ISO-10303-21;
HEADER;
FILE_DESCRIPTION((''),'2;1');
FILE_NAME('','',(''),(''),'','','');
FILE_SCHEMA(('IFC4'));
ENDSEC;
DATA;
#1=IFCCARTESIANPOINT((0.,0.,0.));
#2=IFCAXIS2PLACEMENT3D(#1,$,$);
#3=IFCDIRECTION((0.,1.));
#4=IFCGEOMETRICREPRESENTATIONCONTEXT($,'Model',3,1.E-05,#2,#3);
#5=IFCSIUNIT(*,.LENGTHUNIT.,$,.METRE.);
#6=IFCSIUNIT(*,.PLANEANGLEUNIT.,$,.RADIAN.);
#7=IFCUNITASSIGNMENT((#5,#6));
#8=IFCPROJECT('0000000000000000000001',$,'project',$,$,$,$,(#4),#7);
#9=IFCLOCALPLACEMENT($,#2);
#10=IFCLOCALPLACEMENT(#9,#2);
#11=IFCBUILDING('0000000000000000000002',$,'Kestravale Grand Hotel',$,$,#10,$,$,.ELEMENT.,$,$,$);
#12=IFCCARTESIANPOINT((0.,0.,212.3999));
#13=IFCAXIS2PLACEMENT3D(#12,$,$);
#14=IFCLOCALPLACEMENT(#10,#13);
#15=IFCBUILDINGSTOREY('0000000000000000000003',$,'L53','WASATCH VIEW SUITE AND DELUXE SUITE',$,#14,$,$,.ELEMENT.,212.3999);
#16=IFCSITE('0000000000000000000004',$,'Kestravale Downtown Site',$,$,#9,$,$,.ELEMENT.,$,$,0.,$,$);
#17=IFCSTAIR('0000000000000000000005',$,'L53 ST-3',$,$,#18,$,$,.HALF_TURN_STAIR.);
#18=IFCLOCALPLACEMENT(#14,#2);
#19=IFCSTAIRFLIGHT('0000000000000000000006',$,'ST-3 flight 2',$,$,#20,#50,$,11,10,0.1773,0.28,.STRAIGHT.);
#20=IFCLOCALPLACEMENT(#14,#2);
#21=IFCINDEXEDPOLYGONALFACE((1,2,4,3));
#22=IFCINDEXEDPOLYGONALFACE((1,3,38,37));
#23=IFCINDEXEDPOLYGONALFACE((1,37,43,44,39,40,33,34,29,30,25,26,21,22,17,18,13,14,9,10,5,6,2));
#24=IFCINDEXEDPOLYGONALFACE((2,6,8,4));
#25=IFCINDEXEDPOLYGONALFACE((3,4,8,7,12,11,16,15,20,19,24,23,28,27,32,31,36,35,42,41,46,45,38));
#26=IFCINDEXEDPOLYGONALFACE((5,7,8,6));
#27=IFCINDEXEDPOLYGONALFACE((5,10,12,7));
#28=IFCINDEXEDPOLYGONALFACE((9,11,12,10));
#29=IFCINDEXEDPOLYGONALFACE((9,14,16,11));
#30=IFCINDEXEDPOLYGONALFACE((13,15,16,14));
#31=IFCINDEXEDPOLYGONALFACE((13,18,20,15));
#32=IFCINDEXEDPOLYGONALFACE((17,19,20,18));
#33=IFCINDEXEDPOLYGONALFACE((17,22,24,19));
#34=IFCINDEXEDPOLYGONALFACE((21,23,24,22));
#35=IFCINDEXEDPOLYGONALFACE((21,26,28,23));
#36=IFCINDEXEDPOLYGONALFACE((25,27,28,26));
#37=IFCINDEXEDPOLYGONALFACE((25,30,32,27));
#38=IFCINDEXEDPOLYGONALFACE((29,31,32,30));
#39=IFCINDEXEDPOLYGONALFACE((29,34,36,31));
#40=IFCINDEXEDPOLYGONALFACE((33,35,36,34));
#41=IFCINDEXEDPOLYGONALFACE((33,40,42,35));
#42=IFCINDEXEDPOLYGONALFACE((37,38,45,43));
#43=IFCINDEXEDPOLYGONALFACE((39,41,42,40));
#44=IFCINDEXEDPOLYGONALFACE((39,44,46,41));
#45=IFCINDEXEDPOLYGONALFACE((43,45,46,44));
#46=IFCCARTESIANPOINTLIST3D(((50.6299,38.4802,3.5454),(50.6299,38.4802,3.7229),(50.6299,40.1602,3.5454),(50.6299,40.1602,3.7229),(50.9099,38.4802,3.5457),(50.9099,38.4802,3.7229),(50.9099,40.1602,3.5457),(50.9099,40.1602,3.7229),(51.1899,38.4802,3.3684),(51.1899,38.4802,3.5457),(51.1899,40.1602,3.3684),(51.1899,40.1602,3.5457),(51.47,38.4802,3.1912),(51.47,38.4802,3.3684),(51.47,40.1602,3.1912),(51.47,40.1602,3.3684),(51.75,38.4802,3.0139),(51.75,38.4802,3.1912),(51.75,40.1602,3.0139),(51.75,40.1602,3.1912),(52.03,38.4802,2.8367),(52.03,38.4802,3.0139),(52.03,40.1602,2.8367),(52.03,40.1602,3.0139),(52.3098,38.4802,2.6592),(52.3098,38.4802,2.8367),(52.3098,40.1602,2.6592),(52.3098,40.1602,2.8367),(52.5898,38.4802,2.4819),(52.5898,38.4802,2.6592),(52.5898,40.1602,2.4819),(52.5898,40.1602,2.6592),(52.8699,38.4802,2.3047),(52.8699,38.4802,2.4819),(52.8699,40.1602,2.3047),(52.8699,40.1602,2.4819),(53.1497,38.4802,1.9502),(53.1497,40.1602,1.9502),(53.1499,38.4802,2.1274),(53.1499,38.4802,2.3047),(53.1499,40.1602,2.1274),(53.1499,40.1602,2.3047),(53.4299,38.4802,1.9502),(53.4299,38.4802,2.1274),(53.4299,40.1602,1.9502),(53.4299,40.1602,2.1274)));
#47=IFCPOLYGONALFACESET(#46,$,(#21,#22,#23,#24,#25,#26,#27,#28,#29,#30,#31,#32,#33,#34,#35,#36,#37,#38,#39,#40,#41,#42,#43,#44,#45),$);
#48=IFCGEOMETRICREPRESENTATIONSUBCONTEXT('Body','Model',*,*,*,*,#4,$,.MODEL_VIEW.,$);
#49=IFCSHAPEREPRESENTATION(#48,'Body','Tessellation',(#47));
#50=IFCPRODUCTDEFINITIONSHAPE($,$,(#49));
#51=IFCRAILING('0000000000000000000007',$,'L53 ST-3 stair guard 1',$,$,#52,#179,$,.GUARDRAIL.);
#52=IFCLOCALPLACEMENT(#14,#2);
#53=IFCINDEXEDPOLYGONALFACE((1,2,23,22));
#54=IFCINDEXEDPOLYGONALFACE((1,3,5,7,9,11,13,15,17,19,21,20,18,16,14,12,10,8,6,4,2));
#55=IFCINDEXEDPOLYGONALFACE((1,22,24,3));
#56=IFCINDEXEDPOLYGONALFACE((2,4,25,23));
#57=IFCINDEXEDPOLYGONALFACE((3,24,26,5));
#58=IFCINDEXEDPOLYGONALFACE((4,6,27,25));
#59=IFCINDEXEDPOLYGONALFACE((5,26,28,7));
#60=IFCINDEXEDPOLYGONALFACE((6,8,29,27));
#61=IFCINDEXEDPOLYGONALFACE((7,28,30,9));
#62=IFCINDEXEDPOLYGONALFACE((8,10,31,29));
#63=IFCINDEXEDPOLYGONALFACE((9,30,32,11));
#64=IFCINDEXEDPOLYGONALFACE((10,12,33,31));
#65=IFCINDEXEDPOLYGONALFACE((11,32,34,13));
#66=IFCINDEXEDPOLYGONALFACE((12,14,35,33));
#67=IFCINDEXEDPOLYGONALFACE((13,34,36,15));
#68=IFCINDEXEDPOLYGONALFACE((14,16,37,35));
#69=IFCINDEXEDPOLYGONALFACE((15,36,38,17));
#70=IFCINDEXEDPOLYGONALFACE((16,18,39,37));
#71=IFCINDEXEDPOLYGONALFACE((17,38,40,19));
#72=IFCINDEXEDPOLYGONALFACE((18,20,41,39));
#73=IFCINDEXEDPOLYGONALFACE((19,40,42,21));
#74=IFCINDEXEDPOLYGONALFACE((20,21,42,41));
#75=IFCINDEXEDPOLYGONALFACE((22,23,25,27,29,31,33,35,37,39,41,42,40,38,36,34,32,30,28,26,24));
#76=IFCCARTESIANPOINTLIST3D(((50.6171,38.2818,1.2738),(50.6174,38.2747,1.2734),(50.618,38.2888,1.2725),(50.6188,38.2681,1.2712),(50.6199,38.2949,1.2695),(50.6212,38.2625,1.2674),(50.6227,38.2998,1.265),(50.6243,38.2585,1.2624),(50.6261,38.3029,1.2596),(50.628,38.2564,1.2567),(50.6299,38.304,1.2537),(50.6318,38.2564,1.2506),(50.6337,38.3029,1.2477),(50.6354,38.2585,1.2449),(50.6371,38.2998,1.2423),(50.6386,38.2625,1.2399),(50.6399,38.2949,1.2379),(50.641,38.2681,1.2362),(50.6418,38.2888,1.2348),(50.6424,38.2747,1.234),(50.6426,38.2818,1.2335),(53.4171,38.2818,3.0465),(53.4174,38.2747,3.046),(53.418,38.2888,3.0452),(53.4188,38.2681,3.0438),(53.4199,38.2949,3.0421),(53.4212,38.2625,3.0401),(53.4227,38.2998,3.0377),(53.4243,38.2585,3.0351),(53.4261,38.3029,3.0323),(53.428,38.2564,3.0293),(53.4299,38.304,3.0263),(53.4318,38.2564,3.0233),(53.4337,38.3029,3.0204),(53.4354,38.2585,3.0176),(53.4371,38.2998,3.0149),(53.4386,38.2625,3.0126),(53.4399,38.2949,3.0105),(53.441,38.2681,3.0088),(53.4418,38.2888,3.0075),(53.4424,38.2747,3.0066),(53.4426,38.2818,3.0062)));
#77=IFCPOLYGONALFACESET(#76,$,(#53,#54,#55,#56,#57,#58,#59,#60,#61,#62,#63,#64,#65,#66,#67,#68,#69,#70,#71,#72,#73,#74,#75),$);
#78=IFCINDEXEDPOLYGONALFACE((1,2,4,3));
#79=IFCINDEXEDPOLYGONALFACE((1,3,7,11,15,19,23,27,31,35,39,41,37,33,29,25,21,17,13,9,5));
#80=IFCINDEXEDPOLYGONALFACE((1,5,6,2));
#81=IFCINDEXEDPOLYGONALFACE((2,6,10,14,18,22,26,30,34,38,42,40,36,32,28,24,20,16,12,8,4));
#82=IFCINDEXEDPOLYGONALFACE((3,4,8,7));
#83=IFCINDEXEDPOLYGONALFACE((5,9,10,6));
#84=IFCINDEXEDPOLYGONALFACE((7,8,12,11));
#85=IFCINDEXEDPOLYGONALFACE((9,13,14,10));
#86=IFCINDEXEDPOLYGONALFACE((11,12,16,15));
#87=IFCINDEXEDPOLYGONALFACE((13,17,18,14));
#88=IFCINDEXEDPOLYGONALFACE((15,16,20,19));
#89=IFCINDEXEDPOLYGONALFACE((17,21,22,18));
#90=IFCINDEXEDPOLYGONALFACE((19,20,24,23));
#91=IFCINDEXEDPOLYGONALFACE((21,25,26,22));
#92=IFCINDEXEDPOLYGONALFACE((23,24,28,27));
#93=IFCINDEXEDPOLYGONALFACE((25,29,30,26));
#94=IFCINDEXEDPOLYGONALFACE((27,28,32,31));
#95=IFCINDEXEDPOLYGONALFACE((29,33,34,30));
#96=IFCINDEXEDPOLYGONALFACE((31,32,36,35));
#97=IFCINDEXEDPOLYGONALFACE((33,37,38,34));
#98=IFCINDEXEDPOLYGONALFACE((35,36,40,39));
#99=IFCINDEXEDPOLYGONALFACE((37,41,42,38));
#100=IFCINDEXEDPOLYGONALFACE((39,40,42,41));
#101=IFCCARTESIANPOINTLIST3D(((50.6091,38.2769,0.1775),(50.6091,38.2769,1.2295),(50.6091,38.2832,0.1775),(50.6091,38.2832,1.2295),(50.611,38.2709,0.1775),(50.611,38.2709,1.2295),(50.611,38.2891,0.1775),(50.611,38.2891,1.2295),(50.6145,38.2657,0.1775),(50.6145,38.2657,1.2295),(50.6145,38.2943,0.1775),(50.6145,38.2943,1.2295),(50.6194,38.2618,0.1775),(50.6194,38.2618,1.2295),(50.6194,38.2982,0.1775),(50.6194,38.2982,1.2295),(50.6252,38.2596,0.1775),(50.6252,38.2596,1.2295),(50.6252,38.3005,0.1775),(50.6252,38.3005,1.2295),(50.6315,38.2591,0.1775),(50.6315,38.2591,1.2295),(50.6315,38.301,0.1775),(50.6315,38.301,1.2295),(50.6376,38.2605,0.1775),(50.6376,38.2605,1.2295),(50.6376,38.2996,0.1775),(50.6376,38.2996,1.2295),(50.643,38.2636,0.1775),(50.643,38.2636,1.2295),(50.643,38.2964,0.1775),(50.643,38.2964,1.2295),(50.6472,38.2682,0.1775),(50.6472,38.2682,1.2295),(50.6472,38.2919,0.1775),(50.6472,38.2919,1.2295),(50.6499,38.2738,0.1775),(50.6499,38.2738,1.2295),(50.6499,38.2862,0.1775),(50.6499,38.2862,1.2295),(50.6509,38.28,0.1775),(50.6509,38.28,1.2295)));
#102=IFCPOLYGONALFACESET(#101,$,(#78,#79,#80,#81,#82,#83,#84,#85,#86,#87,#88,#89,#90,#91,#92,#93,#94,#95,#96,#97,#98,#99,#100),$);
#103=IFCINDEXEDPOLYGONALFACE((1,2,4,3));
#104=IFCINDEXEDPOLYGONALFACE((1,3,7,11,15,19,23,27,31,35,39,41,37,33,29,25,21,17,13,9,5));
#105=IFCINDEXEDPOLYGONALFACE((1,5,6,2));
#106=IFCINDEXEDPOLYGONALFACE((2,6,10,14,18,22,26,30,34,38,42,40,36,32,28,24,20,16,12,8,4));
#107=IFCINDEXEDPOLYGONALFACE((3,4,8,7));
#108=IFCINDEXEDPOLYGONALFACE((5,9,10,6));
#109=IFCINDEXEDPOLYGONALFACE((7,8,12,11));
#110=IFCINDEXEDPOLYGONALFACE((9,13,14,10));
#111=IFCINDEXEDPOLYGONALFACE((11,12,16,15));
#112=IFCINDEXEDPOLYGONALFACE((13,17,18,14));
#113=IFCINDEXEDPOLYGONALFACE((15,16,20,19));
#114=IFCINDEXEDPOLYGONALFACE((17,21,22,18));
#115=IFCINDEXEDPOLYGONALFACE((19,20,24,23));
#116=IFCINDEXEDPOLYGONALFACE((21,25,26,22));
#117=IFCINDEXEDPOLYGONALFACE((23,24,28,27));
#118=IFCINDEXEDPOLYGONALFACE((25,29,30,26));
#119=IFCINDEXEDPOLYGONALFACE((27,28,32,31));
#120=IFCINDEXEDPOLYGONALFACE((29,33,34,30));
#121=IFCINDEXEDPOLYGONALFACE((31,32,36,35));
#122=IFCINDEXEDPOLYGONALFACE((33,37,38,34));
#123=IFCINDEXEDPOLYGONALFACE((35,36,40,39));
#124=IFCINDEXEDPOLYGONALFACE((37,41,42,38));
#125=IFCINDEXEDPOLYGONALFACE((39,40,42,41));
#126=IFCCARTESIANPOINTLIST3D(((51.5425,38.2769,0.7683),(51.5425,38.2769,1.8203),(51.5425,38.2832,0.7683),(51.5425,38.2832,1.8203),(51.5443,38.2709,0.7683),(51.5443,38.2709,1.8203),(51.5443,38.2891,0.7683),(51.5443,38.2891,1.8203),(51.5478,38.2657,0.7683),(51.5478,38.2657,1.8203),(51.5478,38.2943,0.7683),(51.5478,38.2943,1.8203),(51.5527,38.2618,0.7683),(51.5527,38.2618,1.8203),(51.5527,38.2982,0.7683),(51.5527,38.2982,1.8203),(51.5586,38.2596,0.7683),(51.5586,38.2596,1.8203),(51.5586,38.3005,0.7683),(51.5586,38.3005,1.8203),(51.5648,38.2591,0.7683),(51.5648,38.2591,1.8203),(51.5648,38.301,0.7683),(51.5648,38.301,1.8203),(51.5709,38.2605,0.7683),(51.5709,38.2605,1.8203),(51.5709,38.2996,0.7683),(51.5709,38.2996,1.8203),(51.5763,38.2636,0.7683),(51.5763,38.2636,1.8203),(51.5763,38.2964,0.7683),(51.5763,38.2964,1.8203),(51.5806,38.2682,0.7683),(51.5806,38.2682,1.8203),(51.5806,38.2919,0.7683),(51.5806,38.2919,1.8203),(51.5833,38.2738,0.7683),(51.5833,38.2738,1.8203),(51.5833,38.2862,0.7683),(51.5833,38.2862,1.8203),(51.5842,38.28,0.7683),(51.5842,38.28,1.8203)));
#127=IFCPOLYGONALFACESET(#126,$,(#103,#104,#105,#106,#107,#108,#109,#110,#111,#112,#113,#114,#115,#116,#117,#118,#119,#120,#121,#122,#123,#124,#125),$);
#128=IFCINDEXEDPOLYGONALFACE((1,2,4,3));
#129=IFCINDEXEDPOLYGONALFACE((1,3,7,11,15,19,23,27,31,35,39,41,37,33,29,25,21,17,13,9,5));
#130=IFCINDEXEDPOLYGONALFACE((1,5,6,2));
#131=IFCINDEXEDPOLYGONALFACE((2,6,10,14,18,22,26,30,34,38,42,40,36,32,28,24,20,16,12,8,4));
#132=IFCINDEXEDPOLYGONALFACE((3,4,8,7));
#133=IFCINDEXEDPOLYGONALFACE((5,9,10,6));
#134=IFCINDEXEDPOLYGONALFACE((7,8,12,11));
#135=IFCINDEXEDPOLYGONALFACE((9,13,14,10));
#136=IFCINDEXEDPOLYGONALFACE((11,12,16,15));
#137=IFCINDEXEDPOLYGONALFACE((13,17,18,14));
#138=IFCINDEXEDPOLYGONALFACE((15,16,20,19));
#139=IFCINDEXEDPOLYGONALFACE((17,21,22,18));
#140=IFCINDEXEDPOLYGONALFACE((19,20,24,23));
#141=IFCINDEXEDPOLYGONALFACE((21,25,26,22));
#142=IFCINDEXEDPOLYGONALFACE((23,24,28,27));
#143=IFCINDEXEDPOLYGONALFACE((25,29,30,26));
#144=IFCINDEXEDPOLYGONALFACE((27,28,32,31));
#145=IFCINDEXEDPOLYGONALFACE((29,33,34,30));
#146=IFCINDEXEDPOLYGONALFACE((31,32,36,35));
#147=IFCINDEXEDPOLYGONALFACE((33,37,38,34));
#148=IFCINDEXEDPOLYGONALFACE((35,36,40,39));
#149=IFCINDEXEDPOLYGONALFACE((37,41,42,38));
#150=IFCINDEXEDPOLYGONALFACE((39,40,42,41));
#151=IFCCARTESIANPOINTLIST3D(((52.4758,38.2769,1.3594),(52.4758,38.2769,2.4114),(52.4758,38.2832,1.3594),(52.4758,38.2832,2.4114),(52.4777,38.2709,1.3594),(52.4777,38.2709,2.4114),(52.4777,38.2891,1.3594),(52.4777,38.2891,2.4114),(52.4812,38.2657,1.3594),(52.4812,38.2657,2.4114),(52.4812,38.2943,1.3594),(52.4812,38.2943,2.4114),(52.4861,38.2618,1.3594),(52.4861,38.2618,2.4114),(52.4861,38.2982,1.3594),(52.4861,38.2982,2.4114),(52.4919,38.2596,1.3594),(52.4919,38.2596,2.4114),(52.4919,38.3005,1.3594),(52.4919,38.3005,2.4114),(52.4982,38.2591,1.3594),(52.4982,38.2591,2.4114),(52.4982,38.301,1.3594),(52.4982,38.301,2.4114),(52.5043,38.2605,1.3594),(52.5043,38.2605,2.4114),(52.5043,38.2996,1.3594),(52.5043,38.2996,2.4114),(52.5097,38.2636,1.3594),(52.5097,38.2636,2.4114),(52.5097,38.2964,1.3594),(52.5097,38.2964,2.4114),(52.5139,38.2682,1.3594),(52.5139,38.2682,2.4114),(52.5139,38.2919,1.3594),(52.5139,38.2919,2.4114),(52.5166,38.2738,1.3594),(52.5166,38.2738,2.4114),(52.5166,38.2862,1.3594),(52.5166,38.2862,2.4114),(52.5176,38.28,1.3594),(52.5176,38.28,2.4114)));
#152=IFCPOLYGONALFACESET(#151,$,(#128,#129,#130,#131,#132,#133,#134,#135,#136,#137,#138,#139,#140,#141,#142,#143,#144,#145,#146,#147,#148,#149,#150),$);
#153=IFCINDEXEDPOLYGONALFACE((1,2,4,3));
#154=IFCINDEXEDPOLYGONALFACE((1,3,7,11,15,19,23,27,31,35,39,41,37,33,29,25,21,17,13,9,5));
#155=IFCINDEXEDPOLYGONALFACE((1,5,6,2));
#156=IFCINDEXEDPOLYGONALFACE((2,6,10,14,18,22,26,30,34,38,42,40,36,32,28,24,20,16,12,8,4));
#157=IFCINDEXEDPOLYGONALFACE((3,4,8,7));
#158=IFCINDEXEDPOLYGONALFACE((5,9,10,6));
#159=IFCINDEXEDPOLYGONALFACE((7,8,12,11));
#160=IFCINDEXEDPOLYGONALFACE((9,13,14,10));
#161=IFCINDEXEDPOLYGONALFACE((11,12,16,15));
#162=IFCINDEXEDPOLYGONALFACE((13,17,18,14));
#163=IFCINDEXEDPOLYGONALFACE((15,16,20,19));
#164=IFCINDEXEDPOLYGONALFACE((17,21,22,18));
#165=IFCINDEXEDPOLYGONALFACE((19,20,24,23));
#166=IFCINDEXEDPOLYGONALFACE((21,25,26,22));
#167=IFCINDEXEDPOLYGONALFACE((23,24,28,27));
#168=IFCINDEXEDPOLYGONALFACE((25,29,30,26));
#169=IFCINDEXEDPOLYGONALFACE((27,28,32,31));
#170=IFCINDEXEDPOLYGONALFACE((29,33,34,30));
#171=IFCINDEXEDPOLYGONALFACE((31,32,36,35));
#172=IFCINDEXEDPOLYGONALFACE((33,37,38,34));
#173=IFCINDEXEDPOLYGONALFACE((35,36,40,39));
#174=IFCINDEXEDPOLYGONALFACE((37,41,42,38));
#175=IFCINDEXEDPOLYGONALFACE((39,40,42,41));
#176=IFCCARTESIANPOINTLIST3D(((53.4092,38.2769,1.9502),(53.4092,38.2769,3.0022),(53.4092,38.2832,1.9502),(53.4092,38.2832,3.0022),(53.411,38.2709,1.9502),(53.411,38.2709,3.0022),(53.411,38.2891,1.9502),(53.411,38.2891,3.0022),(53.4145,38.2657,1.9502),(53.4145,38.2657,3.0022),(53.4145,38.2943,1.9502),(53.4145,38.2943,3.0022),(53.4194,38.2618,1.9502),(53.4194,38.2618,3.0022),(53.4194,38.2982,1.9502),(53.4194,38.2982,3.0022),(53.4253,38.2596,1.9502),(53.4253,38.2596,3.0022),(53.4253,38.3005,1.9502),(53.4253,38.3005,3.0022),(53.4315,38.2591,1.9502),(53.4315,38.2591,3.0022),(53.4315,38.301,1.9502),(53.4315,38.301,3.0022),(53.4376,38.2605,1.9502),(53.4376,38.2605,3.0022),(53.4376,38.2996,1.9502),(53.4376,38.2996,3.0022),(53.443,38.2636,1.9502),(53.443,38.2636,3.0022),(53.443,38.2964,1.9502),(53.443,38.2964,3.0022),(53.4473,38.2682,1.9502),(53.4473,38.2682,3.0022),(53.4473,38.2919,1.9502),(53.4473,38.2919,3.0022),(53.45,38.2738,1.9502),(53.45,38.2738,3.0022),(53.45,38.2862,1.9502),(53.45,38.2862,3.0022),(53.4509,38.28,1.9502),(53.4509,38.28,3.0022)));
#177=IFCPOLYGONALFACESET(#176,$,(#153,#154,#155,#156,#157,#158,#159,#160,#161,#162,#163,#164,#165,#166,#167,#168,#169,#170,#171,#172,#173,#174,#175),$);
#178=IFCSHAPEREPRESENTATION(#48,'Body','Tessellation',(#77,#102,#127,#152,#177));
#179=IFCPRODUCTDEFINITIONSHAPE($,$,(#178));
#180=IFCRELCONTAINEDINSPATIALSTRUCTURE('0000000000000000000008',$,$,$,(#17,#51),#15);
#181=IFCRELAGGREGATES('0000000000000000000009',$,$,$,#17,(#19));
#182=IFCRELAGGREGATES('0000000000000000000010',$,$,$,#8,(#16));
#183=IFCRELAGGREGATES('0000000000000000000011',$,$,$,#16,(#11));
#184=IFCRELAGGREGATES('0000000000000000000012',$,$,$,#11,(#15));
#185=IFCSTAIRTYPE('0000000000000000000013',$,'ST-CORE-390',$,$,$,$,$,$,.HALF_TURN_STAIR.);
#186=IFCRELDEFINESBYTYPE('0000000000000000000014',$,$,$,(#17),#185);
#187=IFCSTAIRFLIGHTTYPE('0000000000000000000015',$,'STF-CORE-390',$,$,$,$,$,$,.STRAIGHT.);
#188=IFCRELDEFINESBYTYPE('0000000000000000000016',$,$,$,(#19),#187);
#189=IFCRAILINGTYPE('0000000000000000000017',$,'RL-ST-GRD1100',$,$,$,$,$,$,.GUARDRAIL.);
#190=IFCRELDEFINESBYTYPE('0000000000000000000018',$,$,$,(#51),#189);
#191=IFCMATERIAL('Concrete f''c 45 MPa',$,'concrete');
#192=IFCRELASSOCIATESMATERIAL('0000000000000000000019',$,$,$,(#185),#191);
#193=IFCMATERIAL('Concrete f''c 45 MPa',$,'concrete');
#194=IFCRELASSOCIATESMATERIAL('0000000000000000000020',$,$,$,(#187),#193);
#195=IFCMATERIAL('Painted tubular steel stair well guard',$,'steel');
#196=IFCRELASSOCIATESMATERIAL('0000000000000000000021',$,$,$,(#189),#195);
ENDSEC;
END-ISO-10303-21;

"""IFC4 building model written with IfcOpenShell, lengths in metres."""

from ifc_helpers import new_model, si_unit, direction, frame, origin, origin_2d, place, context, subcontext, project, spatial, polyline, circle, outline, extrude, material, type_object, element, aggregate, save


model = new_model("IFC4")

# Units and contexts
model_context = context("Model", 3, precision=1e-05, world=origin(), true_north=direction((0.0, 1.0)))
body_context = subcontext(model_context, "Body", "Model", "MODEL_VIEW")
ifc_project = project(units=[si_unit("LENGTHUNIT", "METRE"), si_unit("PLANEANGLEUNIT", "RADIAN")], contexts=[model_context])

# Site, building, storey
site_placement = place(None, origin())
site = spatial("IfcSite", under=ifc_project, at=site_placement, Name="Kestravale Downtown Site", CompositionType="ELEMENT", RefElevation=0.0)
building_placement = place(site_placement, origin())
building = spatial("IfcBuilding", under=site, at=building_placement, Name="Kestravale Grand Hotel", CompositionType="ELEMENT")
storey_placement = place(building_placement, frame((0.0, 0.0, 212.3999)))
storey = spatial("IfcBuildingStorey", under=building, at=storey_placement, Name="L53", Description="WASATCH VIEW SUITE AND DELUXE SUITE", CompositionType="ELEMENT", Elevation=212.3999)

# Stair, stair flight
ifc_material_1 = material(Name="Concrete f'c 45 MPa", Category="concrete")
stair_type = type_object("IfcStairType", Name="ST-CORE-390", PredefinedType="HALF_TURN_STAIR", material=ifc_material_1)
stair_placement = place(storey_placement, origin())
stair = element("IfcStair", 1, at=stair_placement, inside=storey, type_object=stair_type, Name="L53 ST-3", PredefinedType="HALF_TURN_STAIR")
ifc_material_2 = material(Name="Concrete f'c 45 MPa", Category="concrete")
stair_flight_type = type_object("IfcStairFlightType", Name="STF-CORE-390", PredefinedType="STRAIGHT", material=ifc_material_2)
stair_flight_1_placement = place(storey_placement, frame((53.4299, 39.3201, 1.9502), z_axis=(0.0, 0.0, 1.0), x_axis=(-1.0, 0.0, 0.0)))
stair_flight_1 = element("IfcStairFlight", 2, at=stair_flight_1_placement, type_object=stair_flight_type, Name="ST-3 flight 2", NumberOfRisers=11, NumberOfTreads=10, PredefinedType="STRAIGHT", RiserHeight=0.1773, TreadLength=0.28, context=body_context, shape_type="SweptSolid", body=[
    extrude(outline(polyline([(0.0, 0.0), (0.0, 0.1772), (0.28, 0.1772), (0.28, 0.3545), (0.5601, 0.3545), (0.5601, 0.5317), (0.8401, 0.5317), (0.8401, 0.709), (1.1201, 0.709), (1.1201, 0.8865), (1.3999, 0.8865), (1.3999, 1.0637), (1.6799, 1.0637), (1.6799, 1.241), (1.96, 1.241), (1.96, 1.4182), (2.24, 1.4182), (2.24, 1.5955), (2.52, 1.5955), (2.52, 1.7727), (2.8, 1.7727), (2.8, 1.95), (2.8, 1.5952), (0.2803, 0.0), (0.0, 0.0)])), frame((0.0, 0.8398, 0.0), z_axis=(0.0, -1.0, 0.0), x_axis=(1.0, 0.0, 0.0)), (0.0, 0.0, 1.0), 1.6799),
])
aggregate(stair, [stair_flight_1])

# Railing
ifc_material_3 = material(Name="Painted tubular steel stair well guard", Category="steel")
railing_type_1 = type_object("IfcRailingType", Name="RL-ST-GRD1100", PredefinedType="GUARDRAIL", material=ifc_material_3)
railing_1_placement = place(storey_placement, frame((50.6299, 38.28, 0.1775)))
element("IfcRailing", 3, at=railing_1_placement, inside=storey, type_object=railing_type_1, Name="L53 ST-3 stair guard 1", PredefinedType="GUARDRAIL", context=body_context, shape_type="SweptSolid", body=[
    extrude(circle(Radius=0.0239, at=origin_2d()), frame((0.0, 0.0, 1.0762), z_axis=(0.844909, 0.0, 0.53491), x_axis=(0.0, 1.0, 0.0)), (0.0, 0.0, 1.0), 3.314),
    extrude(circle(Radius=0.021, at=origin_2d()), origin(), (0.0, 0.0, 1.0), 1.052),
    extrude(circle(Radius=0.021, at=origin_2d()), frame((0.9333, 0.0, 0.5908)), (0.0, 0.0, 1.0), 1.052),
    extrude(circle(Radius=0.021, at=origin_2d()), frame((1.8667, 0.0, 1.1819)), (0.0, 0.0, 1.0), 1.052),
    extrude(circle(Radius=0.021, at=origin_2d()), frame((2.8, 0.0, 1.7727)), (0.0, 0.0, 1.0), 1.052),
])

save(model, "model.ifc")
